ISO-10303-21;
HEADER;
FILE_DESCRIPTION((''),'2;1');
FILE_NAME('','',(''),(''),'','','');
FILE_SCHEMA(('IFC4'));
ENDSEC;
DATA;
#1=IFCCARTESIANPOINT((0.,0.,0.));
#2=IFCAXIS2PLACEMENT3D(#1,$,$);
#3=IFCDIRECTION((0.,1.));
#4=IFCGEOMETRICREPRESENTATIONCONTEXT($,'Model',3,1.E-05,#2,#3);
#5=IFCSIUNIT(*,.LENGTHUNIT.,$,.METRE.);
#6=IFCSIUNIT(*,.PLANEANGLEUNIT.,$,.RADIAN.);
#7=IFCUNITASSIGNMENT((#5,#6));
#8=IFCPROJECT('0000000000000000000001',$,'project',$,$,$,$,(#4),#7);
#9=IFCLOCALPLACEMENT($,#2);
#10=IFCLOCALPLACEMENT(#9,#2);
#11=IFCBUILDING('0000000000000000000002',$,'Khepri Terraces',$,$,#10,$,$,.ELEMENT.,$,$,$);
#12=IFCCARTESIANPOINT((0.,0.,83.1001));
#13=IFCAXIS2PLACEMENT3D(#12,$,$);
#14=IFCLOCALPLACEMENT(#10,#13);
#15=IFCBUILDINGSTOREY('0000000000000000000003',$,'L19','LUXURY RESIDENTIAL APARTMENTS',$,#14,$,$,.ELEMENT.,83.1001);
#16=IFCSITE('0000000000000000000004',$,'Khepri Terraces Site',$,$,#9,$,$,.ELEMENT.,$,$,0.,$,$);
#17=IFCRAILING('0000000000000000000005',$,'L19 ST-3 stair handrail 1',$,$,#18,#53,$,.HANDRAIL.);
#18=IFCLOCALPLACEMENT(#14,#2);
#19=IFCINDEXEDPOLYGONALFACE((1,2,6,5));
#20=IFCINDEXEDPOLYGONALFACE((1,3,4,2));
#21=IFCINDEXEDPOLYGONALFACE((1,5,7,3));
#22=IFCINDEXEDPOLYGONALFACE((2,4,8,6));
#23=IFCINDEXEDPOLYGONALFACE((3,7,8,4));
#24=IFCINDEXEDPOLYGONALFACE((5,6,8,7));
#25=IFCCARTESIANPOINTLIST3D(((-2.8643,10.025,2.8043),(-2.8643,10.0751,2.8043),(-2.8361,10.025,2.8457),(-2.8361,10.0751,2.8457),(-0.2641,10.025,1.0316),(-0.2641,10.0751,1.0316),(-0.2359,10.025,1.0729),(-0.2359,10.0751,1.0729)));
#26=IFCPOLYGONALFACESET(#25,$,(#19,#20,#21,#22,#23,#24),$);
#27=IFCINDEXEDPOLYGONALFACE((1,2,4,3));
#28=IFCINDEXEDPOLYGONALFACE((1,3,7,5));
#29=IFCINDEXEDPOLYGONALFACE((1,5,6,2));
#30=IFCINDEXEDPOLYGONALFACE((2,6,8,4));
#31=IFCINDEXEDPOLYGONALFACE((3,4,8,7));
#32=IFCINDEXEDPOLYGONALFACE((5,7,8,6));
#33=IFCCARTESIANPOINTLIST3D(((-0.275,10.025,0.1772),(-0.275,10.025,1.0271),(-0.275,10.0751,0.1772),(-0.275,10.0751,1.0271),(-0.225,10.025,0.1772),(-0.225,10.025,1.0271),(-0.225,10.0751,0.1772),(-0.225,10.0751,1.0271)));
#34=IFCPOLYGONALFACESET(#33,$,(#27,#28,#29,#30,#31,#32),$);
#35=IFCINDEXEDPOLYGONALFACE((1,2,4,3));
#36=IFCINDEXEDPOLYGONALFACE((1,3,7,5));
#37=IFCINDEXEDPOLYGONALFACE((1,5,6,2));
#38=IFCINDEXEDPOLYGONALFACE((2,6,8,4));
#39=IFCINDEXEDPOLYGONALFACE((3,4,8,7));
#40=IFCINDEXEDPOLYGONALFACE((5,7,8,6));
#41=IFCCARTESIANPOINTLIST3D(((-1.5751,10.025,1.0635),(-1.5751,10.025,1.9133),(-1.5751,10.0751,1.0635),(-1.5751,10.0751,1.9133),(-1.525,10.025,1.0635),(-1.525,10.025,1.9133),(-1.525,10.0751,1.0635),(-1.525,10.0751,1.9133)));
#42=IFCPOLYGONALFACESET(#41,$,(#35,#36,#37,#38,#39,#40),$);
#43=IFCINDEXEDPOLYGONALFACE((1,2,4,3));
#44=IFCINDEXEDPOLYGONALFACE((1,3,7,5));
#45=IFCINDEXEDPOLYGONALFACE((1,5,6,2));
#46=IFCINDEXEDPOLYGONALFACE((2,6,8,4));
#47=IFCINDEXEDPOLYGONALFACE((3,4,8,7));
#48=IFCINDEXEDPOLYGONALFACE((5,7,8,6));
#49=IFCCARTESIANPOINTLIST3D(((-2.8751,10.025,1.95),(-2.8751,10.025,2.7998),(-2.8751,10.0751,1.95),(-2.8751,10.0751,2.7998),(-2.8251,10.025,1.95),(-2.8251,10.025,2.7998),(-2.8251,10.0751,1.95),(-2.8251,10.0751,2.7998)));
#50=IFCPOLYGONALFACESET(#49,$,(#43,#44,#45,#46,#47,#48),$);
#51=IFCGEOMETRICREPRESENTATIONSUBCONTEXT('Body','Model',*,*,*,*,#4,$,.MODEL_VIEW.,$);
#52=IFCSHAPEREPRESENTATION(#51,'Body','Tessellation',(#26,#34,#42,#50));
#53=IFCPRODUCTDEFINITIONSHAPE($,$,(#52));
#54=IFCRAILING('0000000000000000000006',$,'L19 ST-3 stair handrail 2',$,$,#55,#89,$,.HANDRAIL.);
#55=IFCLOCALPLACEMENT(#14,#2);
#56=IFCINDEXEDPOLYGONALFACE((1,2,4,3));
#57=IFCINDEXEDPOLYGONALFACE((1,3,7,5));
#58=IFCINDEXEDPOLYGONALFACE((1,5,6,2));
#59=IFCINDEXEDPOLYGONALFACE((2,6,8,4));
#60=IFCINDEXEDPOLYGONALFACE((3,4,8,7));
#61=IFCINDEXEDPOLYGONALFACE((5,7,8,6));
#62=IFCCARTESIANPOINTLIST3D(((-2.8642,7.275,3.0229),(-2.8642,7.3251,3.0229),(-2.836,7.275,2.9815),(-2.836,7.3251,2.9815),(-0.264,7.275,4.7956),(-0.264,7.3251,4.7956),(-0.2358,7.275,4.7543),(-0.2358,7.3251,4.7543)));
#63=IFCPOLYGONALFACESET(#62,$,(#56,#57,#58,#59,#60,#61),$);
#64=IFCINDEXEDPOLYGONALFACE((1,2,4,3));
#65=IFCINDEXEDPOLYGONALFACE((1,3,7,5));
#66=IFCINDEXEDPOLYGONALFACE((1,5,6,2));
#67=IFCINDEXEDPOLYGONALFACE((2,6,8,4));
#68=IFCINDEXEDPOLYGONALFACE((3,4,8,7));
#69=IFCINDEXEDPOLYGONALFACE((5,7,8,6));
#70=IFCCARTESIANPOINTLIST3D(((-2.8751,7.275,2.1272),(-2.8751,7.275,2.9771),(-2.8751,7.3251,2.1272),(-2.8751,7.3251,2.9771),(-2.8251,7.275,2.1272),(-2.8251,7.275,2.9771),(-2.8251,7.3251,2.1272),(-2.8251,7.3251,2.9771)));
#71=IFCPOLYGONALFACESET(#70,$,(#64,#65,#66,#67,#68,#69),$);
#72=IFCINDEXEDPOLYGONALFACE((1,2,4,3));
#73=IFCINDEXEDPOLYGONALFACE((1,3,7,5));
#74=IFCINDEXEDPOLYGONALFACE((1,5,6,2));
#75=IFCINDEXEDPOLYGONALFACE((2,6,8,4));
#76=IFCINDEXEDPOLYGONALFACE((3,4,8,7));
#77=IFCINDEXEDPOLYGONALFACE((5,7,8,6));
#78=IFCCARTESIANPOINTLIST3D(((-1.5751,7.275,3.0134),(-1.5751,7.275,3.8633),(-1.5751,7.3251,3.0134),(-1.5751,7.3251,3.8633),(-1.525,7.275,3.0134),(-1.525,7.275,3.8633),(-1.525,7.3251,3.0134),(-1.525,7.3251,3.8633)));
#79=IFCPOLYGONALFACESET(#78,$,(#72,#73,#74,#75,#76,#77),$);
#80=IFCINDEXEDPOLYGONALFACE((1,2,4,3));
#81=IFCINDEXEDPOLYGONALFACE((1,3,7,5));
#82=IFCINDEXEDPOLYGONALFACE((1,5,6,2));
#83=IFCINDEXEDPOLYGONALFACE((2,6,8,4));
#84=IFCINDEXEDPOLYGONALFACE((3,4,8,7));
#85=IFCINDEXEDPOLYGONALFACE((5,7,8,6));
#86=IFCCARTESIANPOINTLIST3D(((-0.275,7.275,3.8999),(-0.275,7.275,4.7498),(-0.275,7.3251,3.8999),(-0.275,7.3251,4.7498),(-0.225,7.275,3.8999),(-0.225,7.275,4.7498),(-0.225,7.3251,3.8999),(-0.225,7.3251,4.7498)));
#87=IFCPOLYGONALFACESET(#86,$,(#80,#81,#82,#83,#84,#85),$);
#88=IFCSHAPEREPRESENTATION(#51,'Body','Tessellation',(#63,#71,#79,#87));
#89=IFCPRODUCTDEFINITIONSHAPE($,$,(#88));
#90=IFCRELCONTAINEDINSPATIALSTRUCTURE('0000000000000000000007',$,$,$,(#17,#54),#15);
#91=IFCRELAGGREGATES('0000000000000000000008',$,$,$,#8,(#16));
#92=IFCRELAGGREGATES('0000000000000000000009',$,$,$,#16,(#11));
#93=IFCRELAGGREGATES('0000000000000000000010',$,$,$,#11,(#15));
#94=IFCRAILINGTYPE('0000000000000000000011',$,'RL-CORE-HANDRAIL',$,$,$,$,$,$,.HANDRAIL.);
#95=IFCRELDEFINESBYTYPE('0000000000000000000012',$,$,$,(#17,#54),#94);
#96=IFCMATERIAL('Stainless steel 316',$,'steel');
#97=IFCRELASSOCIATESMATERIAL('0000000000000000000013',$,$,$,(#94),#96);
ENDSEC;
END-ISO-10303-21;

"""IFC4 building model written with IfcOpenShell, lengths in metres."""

from ifc_helpers import new_model, si_unit, direction, frame, origin, origin_2d, place, context, subcontext, project, spatial, rectangle, extrude, material, type_object, element, save


model = new_model("IFC4")

# Units and contexts
model_context = context("Model", 3, precision=1e-05, world=origin(), true_north=direction((0.0, 1.0)))
body_context = subcontext(model_context, "Body", "Model", "MODEL_VIEW")
ifc_project = project(units=[si_unit("LENGTHUNIT", "METRE"), si_unit("PLANEANGLEUNIT", "RADIAN")], contexts=[model_context])

# Site, building, storey
site_placement = place(None, origin())
site = spatial("IfcSite", under=ifc_project, at=site_placement, Name="Khepri Terraces Site", CompositionType="ELEMENT", RefElevation=0.0)
building_placement = place(site_placement, origin())
building = spatial("IfcBuilding", under=site, at=building_placement, Name="Khepri Terraces", CompositionType="ELEMENT")
storey_placement = place(building_placement, frame((0.0, 0.0, 83.1001)))
storey = spatial("IfcBuildingStorey", under=building, at=storey_placement, Name="L19", Description="LUXURY RESIDENTIAL APARTMENTS", CompositionType="ELEMENT", Elevation=83.1001)

# Railings
ifc_material_1 = material(Name="Stainless steel 316", Category="steel")
railing_type_1 = type_object("IfcRailingType", Name="RL-CORE-HANDRAIL", PredefinedType="HANDRAIL", material=ifc_material_1)
railing_1_placement = place(storey_placement, frame((-0.25, 10.05, 0.1772)))
element("IfcRailing", 1, at=railing_1_placement, inside=storey, type_object=railing_type_1, Name="L19 ST-3 stair handrail 1", PredefinedType="HANDRAIL", context=body_context, shape_type="SweptSolid", body=[
    extrude(rectangle(XDim=0.05, YDim=0.05, at=origin_2d()), frame((0.0, 0.0, 0.875), z_axis=(-0.82624, 0.0, 0.563318), x_axis=(0.0, -1.0, 0.0)), (0.0, 0.0, 1.0), 3.147),
    extrude(rectangle(XDim=0.05, YDim=0.05, at=origin_2d()), origin(), (0.0, 0.0, 1.0), 0.8499),
    extrude(rectangle(XDim=0.05, YDim=0.05, at=origin_2d()), frame((-1.3, 0.0, 0.8862)), (0.0, 0.0, 1.0), 0.8499),
    extrude(rectangle(XDim=0.05, YDim=0.05, at=origin_2d()), frame((-2.6001, 0.0, 1.7727)), (0.0, 0.0, 1.0), 0.8499),
])
railing_2_placement = place(storey_placement, frame((-2.8501, 7.3, 2.1272)))
element("IfcRailing", 2, at=railing_2_placement, inside=storey, type_object=railing_type_1, Name="L19 ST-3 stair handrail 2", PredefinedType="HANDRAIL", context=body_context, shape_type="SweptSolid", body=[
    extrude(rectangle(XDim=0.05, YDim=0.05, at=origin_2d()), frame((0.0, 0.0, 0.875), z_axis=(0.82624, 0.0, 0.563318), x_axis=(0.0, 1.0, 0.0)), (0.0, 0.0, 1.0), 3.147),
    extrude(rectangle(XDim=0.05, YDim=0.05, at=origin_2d()), origin(), (0.0, 0.0, 1.0), 0.8499),
    extrude(rectangle(XDim=0.05, YDim=0.05, at=origin_2d()), frame((1.3, 0.0, 0.8862)), (0.0, 0.0, 1.0), 0.8499),
    extrude(rectangle(XDim=0.05, YDim=0.05, at=origin_2d()), frame((2.6001, 0.0, 1.7727)), (0.0, 0.0, 1.0), 0.8499),
])

save(model, "model.ifc")
